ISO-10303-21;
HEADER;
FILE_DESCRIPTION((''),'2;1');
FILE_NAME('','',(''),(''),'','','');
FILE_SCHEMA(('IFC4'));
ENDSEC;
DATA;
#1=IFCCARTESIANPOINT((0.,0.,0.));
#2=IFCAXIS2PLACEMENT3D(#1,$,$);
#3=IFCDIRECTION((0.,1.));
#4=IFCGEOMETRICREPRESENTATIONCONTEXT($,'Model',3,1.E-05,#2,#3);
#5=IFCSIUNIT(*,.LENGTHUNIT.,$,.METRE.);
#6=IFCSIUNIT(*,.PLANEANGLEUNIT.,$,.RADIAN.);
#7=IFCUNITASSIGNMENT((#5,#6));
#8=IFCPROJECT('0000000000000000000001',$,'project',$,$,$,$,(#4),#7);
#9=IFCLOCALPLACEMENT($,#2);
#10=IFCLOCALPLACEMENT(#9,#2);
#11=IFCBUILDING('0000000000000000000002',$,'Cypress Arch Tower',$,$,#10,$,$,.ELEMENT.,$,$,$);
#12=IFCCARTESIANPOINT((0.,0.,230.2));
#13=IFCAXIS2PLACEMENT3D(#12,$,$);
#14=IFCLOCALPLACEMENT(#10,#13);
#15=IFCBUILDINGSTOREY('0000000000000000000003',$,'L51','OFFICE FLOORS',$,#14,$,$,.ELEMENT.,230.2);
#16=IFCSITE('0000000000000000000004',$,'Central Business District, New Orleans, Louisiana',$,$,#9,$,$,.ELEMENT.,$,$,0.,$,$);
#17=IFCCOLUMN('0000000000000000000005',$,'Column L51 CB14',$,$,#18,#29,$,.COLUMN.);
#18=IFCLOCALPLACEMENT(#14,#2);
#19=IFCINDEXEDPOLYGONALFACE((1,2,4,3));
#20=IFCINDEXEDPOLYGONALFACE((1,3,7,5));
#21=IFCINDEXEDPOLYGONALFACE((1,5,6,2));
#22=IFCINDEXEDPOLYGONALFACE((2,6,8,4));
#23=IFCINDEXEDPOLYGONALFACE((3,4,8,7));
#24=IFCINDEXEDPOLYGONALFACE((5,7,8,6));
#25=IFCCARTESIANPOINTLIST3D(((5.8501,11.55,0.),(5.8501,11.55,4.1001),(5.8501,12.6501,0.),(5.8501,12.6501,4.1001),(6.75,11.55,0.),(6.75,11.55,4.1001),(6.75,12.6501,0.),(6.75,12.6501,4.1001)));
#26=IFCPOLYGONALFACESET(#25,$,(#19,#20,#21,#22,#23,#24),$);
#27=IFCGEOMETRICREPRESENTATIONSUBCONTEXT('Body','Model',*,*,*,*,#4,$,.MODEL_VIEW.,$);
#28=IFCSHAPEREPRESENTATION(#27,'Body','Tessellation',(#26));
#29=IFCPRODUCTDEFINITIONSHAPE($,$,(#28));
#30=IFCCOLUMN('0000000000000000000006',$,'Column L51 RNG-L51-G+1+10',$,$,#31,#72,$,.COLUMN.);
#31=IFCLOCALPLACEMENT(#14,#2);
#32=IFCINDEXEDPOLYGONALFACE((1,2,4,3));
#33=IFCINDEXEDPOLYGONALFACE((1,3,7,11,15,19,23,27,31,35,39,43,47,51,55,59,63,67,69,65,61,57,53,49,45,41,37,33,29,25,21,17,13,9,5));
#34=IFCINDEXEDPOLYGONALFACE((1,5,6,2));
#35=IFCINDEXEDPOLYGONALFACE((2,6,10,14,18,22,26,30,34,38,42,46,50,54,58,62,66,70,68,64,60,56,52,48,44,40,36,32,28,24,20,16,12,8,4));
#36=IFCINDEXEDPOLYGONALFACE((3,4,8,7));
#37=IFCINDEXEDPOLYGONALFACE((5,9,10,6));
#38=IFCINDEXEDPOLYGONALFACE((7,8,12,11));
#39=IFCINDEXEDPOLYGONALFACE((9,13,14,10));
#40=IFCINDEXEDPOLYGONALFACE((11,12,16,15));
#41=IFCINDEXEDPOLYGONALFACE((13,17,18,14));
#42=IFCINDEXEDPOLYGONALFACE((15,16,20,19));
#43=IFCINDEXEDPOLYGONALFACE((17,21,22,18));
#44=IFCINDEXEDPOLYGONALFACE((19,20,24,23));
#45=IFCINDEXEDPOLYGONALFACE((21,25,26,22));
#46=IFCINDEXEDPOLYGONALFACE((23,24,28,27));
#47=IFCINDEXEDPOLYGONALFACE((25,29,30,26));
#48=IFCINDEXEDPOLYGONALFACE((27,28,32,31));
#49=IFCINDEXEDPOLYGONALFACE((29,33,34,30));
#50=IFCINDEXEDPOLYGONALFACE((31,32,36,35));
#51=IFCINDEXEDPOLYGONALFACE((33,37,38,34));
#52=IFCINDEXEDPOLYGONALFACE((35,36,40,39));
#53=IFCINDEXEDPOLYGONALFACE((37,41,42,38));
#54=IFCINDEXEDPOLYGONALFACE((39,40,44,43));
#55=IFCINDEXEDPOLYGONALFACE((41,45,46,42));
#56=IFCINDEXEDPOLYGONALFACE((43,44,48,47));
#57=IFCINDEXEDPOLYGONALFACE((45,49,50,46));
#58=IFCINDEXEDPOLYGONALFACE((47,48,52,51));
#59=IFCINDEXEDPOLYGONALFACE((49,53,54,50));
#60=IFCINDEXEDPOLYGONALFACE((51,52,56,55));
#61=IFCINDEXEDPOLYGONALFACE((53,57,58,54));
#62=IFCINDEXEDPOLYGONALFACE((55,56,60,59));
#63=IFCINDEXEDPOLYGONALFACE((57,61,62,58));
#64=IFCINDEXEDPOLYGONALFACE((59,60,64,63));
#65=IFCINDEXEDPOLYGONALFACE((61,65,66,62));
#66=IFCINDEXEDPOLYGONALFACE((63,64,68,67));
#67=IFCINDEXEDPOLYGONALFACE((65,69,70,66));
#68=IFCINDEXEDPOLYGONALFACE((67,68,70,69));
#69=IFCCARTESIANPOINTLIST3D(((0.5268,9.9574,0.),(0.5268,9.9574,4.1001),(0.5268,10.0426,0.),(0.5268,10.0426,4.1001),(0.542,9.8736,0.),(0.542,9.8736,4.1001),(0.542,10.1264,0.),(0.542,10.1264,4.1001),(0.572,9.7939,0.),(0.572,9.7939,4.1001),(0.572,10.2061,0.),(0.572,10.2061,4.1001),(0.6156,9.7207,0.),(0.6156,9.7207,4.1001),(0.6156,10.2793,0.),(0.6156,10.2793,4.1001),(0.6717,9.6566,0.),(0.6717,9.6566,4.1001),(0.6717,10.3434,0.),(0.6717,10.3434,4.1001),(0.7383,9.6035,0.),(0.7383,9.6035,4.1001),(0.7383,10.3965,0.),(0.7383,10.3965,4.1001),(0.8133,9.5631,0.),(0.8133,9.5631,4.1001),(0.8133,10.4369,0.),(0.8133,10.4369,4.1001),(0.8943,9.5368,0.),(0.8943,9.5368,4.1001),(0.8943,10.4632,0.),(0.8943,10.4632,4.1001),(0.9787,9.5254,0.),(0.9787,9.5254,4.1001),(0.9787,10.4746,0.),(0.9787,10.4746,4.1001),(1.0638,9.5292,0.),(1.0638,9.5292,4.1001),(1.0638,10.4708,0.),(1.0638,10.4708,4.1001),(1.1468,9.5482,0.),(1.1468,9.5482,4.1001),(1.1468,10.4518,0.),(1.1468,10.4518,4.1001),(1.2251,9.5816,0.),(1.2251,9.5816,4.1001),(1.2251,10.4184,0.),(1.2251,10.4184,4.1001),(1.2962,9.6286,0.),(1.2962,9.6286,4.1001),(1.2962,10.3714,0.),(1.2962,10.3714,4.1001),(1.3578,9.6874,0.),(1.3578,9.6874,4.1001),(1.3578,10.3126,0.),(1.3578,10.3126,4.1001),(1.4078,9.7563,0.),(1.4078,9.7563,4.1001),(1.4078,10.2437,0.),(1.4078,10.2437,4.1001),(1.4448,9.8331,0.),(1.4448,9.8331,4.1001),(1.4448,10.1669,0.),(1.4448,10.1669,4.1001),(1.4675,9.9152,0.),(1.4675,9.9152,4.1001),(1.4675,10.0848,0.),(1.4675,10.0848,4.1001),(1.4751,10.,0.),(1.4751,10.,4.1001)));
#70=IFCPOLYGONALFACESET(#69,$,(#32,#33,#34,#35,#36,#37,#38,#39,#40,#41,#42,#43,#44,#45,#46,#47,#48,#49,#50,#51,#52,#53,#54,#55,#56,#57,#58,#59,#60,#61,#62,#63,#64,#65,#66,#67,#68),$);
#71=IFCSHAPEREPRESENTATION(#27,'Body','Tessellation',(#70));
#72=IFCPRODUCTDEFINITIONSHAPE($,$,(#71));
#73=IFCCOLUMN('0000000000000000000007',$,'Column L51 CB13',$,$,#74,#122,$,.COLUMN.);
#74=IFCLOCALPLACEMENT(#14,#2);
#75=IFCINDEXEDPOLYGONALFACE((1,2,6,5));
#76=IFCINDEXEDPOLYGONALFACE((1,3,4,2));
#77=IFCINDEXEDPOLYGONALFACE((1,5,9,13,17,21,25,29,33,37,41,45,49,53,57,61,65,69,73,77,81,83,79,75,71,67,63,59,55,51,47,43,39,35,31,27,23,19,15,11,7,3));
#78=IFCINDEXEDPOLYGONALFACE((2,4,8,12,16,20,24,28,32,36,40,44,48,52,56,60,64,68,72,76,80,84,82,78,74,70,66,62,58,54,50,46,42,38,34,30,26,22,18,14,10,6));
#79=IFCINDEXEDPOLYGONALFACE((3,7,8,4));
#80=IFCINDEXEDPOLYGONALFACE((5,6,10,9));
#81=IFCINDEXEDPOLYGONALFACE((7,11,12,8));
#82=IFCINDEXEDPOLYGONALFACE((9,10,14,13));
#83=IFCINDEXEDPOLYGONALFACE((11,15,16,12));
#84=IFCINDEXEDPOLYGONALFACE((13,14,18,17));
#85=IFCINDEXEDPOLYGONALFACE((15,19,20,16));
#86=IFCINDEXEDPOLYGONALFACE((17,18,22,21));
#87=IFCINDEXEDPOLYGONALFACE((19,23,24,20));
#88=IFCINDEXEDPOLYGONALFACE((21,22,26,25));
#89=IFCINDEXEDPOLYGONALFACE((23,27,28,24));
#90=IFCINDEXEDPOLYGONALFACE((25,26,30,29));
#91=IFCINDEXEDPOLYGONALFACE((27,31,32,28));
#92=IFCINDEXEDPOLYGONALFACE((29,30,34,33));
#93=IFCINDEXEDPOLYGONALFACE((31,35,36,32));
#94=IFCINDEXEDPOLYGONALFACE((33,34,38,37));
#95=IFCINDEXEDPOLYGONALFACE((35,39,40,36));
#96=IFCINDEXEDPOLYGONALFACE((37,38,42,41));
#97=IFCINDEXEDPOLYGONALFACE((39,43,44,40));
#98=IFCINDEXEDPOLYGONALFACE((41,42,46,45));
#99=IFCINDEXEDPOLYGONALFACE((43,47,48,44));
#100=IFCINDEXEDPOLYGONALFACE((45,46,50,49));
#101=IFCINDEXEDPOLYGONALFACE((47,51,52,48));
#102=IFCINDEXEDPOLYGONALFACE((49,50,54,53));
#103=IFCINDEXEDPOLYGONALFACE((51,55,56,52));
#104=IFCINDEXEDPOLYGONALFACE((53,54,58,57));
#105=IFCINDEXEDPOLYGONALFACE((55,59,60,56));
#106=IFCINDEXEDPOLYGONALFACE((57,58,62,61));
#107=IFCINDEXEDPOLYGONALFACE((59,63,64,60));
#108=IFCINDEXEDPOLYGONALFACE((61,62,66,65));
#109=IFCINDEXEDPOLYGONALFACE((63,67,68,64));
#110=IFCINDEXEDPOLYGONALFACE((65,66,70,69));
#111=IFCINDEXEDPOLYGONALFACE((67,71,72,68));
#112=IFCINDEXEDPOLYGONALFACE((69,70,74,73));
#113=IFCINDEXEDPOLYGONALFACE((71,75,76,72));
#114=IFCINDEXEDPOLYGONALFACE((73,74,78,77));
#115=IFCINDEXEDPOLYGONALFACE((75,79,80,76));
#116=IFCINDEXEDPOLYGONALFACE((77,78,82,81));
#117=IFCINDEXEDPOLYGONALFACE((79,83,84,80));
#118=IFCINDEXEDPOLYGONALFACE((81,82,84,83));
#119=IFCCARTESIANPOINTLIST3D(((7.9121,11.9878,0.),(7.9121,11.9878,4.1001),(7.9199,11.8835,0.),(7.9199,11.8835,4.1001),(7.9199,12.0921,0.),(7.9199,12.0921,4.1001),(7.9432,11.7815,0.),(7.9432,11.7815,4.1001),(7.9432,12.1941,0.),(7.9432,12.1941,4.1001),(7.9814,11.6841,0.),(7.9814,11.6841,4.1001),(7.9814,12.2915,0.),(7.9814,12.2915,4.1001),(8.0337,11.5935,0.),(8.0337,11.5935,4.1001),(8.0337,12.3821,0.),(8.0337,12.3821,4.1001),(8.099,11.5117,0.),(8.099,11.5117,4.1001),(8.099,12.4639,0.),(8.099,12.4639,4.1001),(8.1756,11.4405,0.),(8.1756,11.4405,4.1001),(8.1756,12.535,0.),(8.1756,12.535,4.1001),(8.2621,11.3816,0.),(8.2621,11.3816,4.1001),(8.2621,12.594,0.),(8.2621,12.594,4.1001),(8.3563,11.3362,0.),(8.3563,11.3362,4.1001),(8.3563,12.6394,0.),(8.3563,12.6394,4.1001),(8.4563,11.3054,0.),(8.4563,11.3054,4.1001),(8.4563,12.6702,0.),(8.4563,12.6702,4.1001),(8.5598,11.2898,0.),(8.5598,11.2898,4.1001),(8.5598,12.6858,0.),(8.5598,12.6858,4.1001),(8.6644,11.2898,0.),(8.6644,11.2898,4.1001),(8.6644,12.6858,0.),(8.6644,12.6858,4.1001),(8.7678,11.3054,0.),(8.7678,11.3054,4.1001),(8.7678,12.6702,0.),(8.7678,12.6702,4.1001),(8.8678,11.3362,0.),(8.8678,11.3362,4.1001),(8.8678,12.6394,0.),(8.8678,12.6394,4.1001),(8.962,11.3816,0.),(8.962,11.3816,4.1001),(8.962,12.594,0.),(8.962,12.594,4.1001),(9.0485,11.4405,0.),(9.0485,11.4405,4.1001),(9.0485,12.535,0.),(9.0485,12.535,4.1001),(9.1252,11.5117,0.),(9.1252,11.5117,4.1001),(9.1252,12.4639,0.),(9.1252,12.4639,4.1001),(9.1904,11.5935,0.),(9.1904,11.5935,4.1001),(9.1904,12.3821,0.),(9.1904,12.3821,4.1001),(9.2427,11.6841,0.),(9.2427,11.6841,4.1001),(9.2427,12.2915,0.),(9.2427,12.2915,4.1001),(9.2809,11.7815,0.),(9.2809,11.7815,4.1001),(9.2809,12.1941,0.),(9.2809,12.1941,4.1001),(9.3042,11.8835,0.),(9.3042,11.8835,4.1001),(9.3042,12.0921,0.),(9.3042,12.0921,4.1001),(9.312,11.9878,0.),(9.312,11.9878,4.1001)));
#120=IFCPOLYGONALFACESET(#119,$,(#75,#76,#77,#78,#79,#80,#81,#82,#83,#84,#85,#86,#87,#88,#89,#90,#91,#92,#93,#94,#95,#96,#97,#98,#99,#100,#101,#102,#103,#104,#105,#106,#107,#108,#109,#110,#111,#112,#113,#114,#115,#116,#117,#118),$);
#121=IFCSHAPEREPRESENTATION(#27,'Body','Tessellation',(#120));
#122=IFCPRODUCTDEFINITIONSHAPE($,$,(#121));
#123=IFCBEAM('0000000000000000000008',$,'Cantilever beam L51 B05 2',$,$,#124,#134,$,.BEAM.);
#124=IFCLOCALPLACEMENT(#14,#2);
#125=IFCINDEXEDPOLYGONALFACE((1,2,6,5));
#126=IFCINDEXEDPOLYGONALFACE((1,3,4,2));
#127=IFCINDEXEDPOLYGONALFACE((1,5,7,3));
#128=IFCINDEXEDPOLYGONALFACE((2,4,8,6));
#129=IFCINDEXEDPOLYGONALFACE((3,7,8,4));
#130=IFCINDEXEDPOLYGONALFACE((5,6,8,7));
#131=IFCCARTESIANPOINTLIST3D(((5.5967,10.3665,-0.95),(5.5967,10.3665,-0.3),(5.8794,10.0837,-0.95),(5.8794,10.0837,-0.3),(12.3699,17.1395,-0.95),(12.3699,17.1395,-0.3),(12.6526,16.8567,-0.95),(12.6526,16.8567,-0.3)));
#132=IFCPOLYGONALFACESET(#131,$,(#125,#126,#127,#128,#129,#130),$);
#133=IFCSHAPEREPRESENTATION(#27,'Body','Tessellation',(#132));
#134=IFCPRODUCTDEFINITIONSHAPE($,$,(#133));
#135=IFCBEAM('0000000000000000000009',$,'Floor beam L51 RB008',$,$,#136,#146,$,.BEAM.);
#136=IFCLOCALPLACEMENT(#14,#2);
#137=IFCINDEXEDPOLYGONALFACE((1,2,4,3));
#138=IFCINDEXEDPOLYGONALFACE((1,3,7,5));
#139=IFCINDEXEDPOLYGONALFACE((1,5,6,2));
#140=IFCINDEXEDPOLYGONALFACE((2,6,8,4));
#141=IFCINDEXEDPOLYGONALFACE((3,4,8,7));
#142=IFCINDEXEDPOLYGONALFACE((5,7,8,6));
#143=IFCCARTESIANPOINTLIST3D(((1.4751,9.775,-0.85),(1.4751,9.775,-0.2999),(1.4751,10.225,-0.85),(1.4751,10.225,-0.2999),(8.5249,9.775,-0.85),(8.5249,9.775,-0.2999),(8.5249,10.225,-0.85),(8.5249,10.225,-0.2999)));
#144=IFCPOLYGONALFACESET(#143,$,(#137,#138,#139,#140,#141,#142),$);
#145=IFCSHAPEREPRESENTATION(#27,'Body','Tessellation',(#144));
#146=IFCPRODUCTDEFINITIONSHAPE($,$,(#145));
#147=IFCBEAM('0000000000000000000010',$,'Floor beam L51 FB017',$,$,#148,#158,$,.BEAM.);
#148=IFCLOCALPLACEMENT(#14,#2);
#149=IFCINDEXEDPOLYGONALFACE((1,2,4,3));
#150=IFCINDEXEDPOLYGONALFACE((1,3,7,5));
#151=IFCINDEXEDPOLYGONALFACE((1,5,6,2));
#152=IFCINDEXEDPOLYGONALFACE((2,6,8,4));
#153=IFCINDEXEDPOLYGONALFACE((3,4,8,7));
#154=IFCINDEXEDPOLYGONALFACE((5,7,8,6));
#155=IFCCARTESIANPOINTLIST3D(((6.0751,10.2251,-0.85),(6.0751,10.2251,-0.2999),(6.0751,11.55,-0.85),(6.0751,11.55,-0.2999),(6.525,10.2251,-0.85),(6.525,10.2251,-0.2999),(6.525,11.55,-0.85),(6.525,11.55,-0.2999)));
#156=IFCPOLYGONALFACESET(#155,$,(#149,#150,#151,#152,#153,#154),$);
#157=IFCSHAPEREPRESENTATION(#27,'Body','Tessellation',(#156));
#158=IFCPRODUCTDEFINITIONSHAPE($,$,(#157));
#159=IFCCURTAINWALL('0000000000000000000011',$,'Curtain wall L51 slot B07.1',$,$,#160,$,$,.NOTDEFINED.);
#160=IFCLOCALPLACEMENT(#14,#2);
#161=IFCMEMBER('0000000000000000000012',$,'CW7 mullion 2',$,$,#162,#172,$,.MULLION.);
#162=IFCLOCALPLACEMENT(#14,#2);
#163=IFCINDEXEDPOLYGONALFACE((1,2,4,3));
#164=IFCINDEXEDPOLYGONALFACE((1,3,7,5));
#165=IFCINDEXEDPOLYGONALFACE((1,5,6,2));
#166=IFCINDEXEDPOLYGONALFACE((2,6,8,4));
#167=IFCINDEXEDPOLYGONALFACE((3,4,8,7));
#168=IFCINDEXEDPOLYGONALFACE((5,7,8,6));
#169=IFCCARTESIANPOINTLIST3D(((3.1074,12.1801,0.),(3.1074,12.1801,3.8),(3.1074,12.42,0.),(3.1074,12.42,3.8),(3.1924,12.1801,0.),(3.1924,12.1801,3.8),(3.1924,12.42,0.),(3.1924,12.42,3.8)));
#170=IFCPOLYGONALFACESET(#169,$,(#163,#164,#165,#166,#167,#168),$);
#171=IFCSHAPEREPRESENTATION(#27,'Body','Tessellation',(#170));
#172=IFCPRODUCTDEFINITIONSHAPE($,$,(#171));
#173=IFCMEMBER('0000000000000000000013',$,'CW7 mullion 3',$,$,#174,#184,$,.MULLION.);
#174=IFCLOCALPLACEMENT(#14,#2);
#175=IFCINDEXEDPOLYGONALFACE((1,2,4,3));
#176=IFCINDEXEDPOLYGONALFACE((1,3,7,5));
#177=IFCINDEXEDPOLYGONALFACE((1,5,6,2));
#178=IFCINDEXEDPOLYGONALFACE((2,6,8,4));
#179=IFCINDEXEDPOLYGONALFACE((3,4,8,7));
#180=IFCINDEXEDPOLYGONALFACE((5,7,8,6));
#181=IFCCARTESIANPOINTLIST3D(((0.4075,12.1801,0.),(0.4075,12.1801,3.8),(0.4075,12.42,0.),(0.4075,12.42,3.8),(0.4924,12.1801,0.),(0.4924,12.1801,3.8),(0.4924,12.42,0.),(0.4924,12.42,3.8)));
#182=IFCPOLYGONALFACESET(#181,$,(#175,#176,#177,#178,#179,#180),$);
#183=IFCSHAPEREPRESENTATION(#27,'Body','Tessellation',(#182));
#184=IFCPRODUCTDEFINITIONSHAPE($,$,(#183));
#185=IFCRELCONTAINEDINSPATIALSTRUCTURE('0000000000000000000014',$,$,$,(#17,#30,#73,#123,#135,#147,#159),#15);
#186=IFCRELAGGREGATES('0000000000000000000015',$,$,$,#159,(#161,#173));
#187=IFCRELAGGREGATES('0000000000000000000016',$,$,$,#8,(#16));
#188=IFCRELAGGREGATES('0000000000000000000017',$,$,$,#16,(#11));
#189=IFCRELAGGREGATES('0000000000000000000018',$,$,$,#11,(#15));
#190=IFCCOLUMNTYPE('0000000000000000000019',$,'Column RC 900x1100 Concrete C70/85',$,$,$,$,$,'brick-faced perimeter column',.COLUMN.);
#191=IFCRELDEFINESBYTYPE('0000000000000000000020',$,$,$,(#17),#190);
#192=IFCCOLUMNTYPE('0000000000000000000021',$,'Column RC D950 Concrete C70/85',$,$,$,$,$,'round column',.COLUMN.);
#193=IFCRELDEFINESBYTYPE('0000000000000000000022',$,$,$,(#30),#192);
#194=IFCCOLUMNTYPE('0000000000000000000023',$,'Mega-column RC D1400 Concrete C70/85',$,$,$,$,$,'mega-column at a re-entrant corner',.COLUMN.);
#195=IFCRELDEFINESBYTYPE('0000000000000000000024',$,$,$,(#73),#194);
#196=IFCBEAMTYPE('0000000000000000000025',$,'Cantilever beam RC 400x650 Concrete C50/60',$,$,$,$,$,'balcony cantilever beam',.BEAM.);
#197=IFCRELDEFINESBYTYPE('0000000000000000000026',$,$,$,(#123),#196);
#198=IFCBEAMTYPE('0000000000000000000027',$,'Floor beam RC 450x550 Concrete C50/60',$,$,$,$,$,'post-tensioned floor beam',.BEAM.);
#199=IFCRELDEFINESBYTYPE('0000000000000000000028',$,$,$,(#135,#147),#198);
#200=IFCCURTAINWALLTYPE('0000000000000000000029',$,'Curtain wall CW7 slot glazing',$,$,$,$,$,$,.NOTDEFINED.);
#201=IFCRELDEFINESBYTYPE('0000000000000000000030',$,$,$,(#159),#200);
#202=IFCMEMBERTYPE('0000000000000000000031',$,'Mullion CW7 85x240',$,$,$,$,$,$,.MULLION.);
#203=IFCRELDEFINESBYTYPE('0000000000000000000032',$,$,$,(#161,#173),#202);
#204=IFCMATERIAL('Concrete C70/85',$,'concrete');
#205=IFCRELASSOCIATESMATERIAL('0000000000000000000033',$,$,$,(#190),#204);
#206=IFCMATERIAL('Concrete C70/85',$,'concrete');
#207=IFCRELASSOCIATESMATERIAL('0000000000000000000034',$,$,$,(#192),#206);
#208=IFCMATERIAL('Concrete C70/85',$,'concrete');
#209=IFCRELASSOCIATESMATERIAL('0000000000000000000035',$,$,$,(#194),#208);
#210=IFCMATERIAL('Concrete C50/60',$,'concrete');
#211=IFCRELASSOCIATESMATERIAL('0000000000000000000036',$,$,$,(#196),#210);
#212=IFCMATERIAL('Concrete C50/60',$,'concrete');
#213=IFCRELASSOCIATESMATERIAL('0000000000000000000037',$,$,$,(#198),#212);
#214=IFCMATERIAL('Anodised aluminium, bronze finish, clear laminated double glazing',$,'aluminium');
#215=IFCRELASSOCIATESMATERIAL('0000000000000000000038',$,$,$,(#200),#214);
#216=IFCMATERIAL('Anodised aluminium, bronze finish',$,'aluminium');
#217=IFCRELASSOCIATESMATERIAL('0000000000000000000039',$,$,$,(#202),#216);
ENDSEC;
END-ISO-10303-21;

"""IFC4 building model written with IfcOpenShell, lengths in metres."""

from ifc_helpers import new_model, si_unit, direction, frame, origin, origin_2d, place, context, subcontext, project, spatial, rectangle, circle, extrude, material, material_profile, profile_set, type_object, element, aggregate, save


model = new_model("IFC4")

# Units and contexts
model_context = context("Model", 3, precision=1e-05, world=origin(), true_north=direction((0.0, 1.0)))
body_context = subcontext(model_context, "Body", "Model", "MODEL_VIEW")
ifc_project = project(units=[si_unit("LENGTHUNIT", "METRE"), si_unit("PLANEANGLEUNIT", "RADIAN")], contexts=[model_context])

# Site, building, storey
site_placement = place(None, origin())
site = spatial("IfcSite", under=ifc_project, at=site_placement, Name="Central Business District, New Orleans, Louisiana", CompositionType="ELEMENT", RefElevation=0.0)
building_placement = place(site_placement, origin())
building = spatial("IfcBuilding", under=site, at=building_placement, Name="Cypress Arch Tower", CompositionType="ELEMENT")
storey_placement = place(building_placement, frame((0.0, 0.0, 230.2)))
storey = spatial("IfcBuildingStorey", under=building, at=storey_placement, Name="L51", Description="OFFICE FLOORS", CompositionType="ELEMENT", Elevation=230.2)

# Columns
ifc_material_1 = material(Name="Concrete C70/85", Category="concrete")
ifc_material_profile_1 = material_profile(ifc_material_1, rectangle(XDim=0.8999, YDim=1.1001, at=origin_2d()), Name="RC 900x1100")
ifc_profile_set_1 = profile_set([ifc_material_profile_1], Name="Concrete C70/85")
column_type_1 = type_object("IfcColumnType", Name="Column RC 900x1100 Concrete C70/85", ElementType="brick-faced perimeter column", PredefinedType="COLUMN", material=ifc_profile_set_1)
column_1_placement = place(storey_placement, frame((6.3, 12.1001, 0.0), z_axis=(0.0, 0.0, 1.0), x_axis=(-1.0, 0.0, 0.0)))
element("IfcColumn", 1, at=column_1_placement, inside=storey, type_object=column_type_1, Name="Column L51 CB14", PredefinedType="COLUMN", context=body_context, shape_type="SweptSolid", body=[
    extrude(rectangle(XDim=0.8999, YDim=1.1001, at=origin_2d()), origin(), (0.0, 0.0, 1.0), 4.1001),
])
ifc_material_2 = material(Name="Concrete C70/85", Category="concrete")
ifc_material_profile_2 = material_profile(ifc_material_2, circle(Radius=0.4751, at=origin_2d()), Name="RC D950")
ifc_profile_set_2 = profile_set([ifc_material_profile_2], Name="Concrete C70/85")
column_type_2 = type_object("IfcColumnType", Name="Column RC D950 Concrete C70/85", ElementType="round column", PredefinedType="COLUMN", material=ifc_profile_set_2)
column_2_placement = place(storey_placement, frame((1.0, 10.0, 0.0), z_axis=(0.0, 0.0, 1.0), x_axis=(1.0, 0.0, 0.0)))
element("IfcColumn", 2, at=column_2_placement, inside=storey, type_object=column_type_2, Name="Column L51 RNG-L51-G+1+10", PredefinedType="COLUMN", context=body_context, shape_type="SweptSolid", body=[
    extrude(circle(Radius=0.4751, at=origin_2d()), origin(), (0.0, 0.0, 1.0), 4.1001),
])
ifc_material_3 = material(Name="Concrete C70/85", Category="concrete")
ifc_material_profile_3 = material_profile(ifc_material_3, circle(Radius=0.7, at=origin_2d()), Name="RC D1400")
ifc_profile_set_3 = profile_set([ifc_material_profile_3], Name="Concrete C70/85")
column_type_3 = type_object("IfcColumnType", Name="Mega-column RC D1400 Concrete C70/85", ElementType="mega-column at a re-entrant corner", PredefinedType="COLUMN", material=ifc_profile_set_3)
column_3_placement = place(storey_placement, frame((8.6121, 11.9878, 0.0), z_axis=(0.0, 0.0, 1.0), x_axis=(1.0, 0.0, 0.0)))
element("IfcColumn", 3, at=column_3_placement, inside=storey, type_object=column_type_3, Name="Column L51 CB13", PredefinedType="COLUMN", context=body_context, shape_type="SweptSolid", body=[
    extrude(circle(Radius=0.7, at=origin_2d()), origin(), (0.0, 0.0, 1.0), 4.1001),
])

# Beams
ifc_material_4 = material(Name="Concrete C50/60", Category="concrete")
ifc_material_profile_4 = material_profile(ifc_material_4, rectangle(XDim=0.3999, YDim=0.6499, at=origin_2d()), Name="RC 400x650")
ifc_profile_set_4 = profile_set([ifc_material_profile_4], Name="Concrete C50/60")
beam_type_1 = type_object("IfcBeamType", Name="Cantilever beam RC 400x650 Concrete C50/60", ElementType="balcony cantilever beam", PredefinedType="BEAM", material=ifc_profile_set_4)
beam_1_placement = place(storey_placement, frame((5.738, 10.2251, -0.625), z_axis=(0.70712, 0.707094, 0.0), x_axis=(-0.707094, 0.70712, 0.0)))
element("IfcBeam", 4, at=beam_1_placement, inside=storey, type_object=beam_type_1, Name="Cantilever beam L51 B05 2", PredefinedType="BEAM", context=body_context, shape_type="SweptSolid", body=[
    extrude(rectangle(XDim=0.3999, YDim=0.6499, at=origin_2d()), origin(), (0.0, 0.0, 1.0), 9.5786),
])
ifc_material_5 = material(Name="Concrete C50/60", Category="concrete")
ifc_material_profile_5 = material_profile(ifc_material_5, rectangle(XDim=0.45, YDim=0.55, at=origin_2d()), Name="RC 450x550")
ifc_profile_set_5 = profile_set([ifc_material_profile_5], Name="Concrete C50/60")
beam_type_2 = type_object("IfcBeamType", Name="Floor beam RC 450x550 Concrete C50/60", ElementType="post-tensioned floor beam", PredefinedType="BEAM", material=ifc_profile_set_5)
beam_2_placement = place(storey_placement, frame((1.4751, 10.0, -0.575), z_axis=(1.0, 0.0, 0.0), x_axis=(0.0, 1.0, 0.0)))
element("IfcBeam", 5, at=beam_2_placement, inside=storey, type_object=beam_type_2, Name="Floor beam L51 RB008", PredefinedType="BEAM", context=body_context, shape_type="SweptSolid", body=[
    extrude(rectangle(XDim=0.45, YDim=0.55, at=origin_2d()), origin(), (0.0, 0.0, 1.0), 7.0498),
])
beam_3_placement = place(storey_placement, frame((6.3, 10.2251, -0.575), z_axis=(0.0, 1.0, 0.0), x_axis=(-1.0, 0.0, 0.0)))
element("IfcBeam", 6, at=beam_3_placement, inside=storey, type_object=beam_type_2, Name="Floor beam L51 FB017", PredefinedType="BEAM", context=body_context, shape_type="SweptSolid", body=[
    extrude(rectangle(XDim=0.45, YDim=0.55, at=origin_2d()), origin(), (0.0, 0.0, 1.0), 1.325),
])

# Curtain wall, members
ifc_material_6 = material(Name="Anodised aluminium, bronze finish, clear laminated double glazing", Category="aluminium")
curtain_wall_type = type_object("IfcCurtainWallType", Name="Curtain wall CW7 slot glazing", PredefinedType="NOTDEFINED", material=ifc_material_6)
curtain_wall_placement = place(storey_placement, origin())
curtain_wall = element("IfcCurtainWall", 7, at=curtain_wall_placement, inside=storey, type_object=curtain_wall_type, Name="Curtain wall L51 slot B07.1", PredefinedType="NOTDEFINED")
ifc_material_7 = material(Name="Anodised aluminium, bronze finish", Category="aluminium")
ifc_material_profile_6 = material_profile(ifc_material_7, rectangle(XDim=0.24, YDim=0.085, at=origin_2d()), Name="Mullion 85x240")
ifc_profile_set_6 = profile_set([ifc_material_profile_6], Name="Anodised aluminium, bronze finish")
member_type_1 = type_object("IfcMemberType", Name="Mullion CW7 85x240", PredefinedType="MULLION", material=ifc_profile_set_6)
member_1_placement = place(storey_placement, frame((3.1499, 12.3, 0.0), z_axis=(0.0, 0.0, 1.0), x_axis=(0.0, -1.0, 0.0)))
member_1 = element("IfcMember", 8, at=member_1_placement, type_object=member_type_1, Name="CW7 mullion 2", PredefinedType="MULLION", context=body_context, shape_type="SweptSolid", body=[
    extrude(rectangle(XDim=0.24, YDim=0.085, at=origin_2d()), origin(), (0.0, 0.0, 1.0), 3.8),
])
member_2_placement = place(storey_placement, frame((0.45, 12.3, 0.0), z_axis=(0.0, 0.0, 1.0), x_axis=(0.0, -1.0, 0.0)))
member_2 = element("IfcMember", 9, at=member_2_placement, type_object=member_type_1, Name="CW7 mullion 3", PredefinedType="MULLION", context=body_context, shape_type="SweptSolid", body=[
    extrude(rectangle(XDim=0.24, YDim=0.085, at=origin_2d()), origin(), (0.0, 0.0, 1.0), 3.8),
])

aggregate(curtain_wall, [member_1, member_2])

save(model, "model.ifc")
